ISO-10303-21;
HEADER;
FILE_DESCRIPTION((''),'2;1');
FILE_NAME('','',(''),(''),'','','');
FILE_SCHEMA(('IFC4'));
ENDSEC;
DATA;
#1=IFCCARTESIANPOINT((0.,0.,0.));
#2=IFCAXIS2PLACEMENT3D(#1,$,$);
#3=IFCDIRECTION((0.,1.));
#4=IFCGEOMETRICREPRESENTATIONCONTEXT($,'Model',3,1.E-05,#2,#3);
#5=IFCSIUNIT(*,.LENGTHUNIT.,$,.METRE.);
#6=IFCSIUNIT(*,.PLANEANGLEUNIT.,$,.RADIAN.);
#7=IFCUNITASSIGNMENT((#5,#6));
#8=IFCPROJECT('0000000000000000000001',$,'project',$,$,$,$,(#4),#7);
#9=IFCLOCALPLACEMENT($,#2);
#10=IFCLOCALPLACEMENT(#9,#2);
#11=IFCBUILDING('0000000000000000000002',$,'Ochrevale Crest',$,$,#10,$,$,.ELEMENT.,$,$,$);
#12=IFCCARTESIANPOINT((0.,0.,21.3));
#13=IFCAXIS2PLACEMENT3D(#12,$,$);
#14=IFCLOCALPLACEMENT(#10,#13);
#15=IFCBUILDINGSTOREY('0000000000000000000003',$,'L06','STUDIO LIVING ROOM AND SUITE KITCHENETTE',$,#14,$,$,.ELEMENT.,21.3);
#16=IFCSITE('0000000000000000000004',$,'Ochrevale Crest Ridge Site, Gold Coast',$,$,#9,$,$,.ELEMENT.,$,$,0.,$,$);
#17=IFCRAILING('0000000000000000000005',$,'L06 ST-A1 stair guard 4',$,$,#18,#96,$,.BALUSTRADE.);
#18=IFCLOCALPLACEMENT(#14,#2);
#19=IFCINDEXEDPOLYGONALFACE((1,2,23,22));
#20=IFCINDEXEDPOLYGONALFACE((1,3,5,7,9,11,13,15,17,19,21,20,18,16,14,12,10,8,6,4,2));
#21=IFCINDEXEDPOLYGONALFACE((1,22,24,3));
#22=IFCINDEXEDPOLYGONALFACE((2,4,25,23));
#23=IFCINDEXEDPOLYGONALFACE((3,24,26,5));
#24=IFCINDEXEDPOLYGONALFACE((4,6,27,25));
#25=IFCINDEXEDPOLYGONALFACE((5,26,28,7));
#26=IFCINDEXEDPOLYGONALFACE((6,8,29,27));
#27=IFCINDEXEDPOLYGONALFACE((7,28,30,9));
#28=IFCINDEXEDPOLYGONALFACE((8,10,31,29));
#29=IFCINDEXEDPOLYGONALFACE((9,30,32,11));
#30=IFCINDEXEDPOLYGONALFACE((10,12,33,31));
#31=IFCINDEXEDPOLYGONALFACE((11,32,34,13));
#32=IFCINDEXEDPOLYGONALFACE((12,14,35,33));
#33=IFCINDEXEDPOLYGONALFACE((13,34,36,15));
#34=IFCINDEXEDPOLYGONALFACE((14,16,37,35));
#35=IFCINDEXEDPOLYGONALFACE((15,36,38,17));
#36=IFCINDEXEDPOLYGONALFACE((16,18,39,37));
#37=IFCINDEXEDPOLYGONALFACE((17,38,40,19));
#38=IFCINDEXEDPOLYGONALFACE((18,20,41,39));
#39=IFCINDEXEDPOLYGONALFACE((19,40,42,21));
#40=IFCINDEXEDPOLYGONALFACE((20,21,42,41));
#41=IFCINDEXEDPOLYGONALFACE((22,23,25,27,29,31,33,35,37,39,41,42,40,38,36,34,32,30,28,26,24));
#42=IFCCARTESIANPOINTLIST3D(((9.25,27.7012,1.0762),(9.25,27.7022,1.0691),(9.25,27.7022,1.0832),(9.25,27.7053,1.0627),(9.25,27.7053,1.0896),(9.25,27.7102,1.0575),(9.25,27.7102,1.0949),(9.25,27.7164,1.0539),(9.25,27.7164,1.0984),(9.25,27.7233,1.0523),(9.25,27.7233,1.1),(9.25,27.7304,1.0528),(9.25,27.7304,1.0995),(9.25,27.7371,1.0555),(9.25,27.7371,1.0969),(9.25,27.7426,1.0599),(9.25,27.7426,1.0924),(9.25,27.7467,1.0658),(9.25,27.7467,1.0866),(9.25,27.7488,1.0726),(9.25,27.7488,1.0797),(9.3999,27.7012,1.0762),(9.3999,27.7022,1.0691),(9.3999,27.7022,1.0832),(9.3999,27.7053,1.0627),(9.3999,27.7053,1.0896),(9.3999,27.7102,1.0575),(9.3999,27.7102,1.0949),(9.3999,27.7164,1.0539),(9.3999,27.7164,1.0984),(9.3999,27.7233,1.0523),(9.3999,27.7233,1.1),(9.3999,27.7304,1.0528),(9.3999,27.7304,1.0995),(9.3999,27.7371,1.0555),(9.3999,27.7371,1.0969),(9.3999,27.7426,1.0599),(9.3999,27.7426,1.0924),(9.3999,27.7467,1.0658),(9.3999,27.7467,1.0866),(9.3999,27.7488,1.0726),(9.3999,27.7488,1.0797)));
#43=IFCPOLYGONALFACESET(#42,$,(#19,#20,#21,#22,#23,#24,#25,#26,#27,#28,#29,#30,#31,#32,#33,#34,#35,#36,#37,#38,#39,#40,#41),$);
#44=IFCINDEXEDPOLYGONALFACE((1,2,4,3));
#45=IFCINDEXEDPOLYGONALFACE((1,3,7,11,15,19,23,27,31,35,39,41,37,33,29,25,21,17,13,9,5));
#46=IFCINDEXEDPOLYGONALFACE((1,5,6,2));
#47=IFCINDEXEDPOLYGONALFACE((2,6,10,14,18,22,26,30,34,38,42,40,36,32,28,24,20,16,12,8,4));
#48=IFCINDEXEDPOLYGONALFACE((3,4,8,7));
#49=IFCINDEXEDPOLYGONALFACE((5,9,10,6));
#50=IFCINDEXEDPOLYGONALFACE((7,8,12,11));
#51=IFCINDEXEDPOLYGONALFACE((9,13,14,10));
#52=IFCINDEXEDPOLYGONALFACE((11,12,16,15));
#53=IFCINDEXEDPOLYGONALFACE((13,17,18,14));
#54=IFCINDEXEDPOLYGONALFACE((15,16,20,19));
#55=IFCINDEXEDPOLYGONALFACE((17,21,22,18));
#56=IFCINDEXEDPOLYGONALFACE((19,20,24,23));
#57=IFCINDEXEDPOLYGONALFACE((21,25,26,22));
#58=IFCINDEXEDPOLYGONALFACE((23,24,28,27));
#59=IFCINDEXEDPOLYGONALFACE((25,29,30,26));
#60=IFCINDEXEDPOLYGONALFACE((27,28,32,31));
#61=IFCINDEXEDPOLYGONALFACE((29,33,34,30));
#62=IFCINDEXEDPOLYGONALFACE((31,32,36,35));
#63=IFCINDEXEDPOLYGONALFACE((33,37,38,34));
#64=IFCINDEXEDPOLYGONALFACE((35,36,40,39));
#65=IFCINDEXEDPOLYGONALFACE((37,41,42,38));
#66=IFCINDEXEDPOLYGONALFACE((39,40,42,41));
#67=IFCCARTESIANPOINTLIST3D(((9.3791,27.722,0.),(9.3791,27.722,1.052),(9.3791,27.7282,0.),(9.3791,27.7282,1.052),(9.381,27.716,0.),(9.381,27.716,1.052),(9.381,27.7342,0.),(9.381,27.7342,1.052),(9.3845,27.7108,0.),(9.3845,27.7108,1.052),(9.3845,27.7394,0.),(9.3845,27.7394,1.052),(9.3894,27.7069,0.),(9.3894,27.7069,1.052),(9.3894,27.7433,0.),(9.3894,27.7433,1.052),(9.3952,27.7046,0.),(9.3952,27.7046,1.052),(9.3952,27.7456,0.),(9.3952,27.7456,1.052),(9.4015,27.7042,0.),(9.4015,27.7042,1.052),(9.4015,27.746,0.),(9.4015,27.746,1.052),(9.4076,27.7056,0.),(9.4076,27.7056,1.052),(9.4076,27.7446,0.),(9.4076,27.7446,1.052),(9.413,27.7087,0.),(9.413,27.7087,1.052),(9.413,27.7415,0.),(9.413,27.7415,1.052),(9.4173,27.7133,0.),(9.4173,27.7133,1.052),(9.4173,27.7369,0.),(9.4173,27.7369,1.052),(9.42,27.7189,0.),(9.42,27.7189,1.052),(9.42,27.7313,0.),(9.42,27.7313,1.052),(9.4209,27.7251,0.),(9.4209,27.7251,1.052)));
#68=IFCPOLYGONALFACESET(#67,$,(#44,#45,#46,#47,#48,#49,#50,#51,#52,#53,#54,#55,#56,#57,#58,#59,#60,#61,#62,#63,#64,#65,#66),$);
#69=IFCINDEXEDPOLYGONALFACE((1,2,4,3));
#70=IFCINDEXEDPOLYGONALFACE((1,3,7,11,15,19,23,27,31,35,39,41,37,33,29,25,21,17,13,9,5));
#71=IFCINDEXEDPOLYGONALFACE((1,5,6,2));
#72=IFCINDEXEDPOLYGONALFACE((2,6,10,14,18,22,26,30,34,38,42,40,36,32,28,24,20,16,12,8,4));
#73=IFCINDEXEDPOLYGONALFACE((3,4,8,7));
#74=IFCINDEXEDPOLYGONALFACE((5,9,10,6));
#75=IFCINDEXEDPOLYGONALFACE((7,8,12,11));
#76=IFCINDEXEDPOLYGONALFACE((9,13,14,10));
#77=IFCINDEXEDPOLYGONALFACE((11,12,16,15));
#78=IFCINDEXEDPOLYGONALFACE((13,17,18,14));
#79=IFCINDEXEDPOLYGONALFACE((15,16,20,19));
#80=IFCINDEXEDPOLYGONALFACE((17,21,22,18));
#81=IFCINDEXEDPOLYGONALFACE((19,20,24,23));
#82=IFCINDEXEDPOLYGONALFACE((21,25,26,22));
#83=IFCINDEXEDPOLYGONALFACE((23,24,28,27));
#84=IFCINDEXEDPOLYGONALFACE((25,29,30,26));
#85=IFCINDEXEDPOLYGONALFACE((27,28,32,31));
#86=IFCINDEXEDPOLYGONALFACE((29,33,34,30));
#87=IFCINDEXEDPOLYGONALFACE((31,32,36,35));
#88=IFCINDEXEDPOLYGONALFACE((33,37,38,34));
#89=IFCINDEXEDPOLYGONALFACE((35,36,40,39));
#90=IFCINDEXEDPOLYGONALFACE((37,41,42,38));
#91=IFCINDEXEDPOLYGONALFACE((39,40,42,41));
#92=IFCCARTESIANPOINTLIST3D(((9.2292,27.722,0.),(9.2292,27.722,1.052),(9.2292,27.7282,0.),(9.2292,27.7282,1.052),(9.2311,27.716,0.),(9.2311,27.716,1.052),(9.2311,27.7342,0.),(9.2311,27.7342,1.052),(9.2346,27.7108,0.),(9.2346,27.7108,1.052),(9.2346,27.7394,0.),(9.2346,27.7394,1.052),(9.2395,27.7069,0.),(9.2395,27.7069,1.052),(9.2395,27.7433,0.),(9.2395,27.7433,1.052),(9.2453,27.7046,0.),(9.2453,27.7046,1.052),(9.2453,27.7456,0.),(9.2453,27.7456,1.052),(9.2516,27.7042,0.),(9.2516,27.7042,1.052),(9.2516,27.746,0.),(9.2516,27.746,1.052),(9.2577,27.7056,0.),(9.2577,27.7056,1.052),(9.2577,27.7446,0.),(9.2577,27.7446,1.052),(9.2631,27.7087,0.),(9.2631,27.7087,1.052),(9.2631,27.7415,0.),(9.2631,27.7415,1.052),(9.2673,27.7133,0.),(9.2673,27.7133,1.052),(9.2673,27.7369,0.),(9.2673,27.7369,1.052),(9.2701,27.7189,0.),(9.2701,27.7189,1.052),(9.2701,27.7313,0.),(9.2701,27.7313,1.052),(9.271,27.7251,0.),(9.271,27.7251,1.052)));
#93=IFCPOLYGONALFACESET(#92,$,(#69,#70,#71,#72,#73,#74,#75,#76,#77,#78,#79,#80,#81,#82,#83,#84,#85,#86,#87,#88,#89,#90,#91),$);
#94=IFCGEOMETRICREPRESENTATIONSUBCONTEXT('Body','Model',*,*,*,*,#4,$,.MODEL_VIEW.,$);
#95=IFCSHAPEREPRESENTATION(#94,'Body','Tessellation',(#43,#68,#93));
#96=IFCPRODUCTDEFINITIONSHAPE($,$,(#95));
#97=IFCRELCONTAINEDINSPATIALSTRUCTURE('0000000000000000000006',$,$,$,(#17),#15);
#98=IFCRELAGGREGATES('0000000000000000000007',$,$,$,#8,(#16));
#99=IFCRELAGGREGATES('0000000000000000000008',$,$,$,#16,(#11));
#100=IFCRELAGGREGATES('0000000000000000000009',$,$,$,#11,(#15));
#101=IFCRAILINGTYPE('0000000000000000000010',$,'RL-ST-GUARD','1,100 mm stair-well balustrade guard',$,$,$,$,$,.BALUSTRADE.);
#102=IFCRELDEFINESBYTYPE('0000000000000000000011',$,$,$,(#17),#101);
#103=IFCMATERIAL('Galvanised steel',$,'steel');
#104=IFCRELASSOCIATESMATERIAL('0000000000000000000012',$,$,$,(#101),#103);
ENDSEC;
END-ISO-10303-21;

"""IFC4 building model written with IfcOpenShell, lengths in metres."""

from ifc_helpers import new_model, si_unit, direction, frame, origin, origin_2d, place, context, subcontext, project, spatial, circle, extrude, material, type_object, element, save


model = new_model("IFC4")

# Units and contexts
model_context = context("Model", 3, precision=1e-05, world=origin(), true_north=direction((0.0, 1.0)))
body_context = subcontext(model_context, "Body", "Model", "MODEL_VIEW")
ifc_project = project(units=[si_unit("LENGTHUNIT", "METRE"), si_unit("PLANEANGLEUNIT", "RADIAN")], contexts=[model_context])

# Site, building, storey
site_placement = place(None, origin())
site = spatial("IfcSite", under=ifc_project, at=site_placement, Name="Ochrevale Crest Ridge Site, Gold Coast", CompositionType="ELEMENT", RefElevation=0.0)
building_placement = place(site_placement, origin())
building = spatial("IfcBuilding", under=site, at=building_placement, Name="Ochrevale Crest", CompositionType="ELEMENT")
storey_placement = place(building_placement, frame((0.0, 0.0, 21.3)))
storey = spatial("IfcBuildingStorey", under=building, at=storey_placement, Name="L06", Description="STUDIO LIVING ROOM AND SUITE KITCHENETTE", CompositionType="ELEMENT", Elevation=21.3)

# Railing
ifc_material_1 = material(Name="Galvanised steel", Category="steel")
railing_type_1 = type_object("IfcRailingType", Name="RL-ST-GUARD", Description="1,100 mm stair-well balustrade guard", PredefinedType="BALUSTRADE", material=ifc_material_1)
railing_1_placement = place(storey_placement, frame((9.3999, 27.7251, 0.0)))
element("IfcRailing", 1, at=railing_1_placement, inside=storey, type_object=railing_type_1, Name="L06 ST-A1 stair guard 4", PredefinedType="BALUSTRADE", context=body_context, shape_type="SweptSolid", body=[
    extrude(circle(Radius=0.0239, at=origin_2d()), frame((0.0, 0.0, 1.0762), z_axis=(-1.0, 0.0, 0.0), x_axis=(0.0, -1.0, 0.0)), (0.0, 0.0, 1.0), 0.1499),
    extrude(circle(Radius=0.021, at=origin_2d()), origin(), (0.0, 0.0, 1.0), 1.052),
    extrude(circle(Radius=0.021, at=origin_2d()), frame((-0.1499, 0.0, 0.0)), (0.0, 0.0, 1.0), 1.052),
])

save(model, "model.ifc")
